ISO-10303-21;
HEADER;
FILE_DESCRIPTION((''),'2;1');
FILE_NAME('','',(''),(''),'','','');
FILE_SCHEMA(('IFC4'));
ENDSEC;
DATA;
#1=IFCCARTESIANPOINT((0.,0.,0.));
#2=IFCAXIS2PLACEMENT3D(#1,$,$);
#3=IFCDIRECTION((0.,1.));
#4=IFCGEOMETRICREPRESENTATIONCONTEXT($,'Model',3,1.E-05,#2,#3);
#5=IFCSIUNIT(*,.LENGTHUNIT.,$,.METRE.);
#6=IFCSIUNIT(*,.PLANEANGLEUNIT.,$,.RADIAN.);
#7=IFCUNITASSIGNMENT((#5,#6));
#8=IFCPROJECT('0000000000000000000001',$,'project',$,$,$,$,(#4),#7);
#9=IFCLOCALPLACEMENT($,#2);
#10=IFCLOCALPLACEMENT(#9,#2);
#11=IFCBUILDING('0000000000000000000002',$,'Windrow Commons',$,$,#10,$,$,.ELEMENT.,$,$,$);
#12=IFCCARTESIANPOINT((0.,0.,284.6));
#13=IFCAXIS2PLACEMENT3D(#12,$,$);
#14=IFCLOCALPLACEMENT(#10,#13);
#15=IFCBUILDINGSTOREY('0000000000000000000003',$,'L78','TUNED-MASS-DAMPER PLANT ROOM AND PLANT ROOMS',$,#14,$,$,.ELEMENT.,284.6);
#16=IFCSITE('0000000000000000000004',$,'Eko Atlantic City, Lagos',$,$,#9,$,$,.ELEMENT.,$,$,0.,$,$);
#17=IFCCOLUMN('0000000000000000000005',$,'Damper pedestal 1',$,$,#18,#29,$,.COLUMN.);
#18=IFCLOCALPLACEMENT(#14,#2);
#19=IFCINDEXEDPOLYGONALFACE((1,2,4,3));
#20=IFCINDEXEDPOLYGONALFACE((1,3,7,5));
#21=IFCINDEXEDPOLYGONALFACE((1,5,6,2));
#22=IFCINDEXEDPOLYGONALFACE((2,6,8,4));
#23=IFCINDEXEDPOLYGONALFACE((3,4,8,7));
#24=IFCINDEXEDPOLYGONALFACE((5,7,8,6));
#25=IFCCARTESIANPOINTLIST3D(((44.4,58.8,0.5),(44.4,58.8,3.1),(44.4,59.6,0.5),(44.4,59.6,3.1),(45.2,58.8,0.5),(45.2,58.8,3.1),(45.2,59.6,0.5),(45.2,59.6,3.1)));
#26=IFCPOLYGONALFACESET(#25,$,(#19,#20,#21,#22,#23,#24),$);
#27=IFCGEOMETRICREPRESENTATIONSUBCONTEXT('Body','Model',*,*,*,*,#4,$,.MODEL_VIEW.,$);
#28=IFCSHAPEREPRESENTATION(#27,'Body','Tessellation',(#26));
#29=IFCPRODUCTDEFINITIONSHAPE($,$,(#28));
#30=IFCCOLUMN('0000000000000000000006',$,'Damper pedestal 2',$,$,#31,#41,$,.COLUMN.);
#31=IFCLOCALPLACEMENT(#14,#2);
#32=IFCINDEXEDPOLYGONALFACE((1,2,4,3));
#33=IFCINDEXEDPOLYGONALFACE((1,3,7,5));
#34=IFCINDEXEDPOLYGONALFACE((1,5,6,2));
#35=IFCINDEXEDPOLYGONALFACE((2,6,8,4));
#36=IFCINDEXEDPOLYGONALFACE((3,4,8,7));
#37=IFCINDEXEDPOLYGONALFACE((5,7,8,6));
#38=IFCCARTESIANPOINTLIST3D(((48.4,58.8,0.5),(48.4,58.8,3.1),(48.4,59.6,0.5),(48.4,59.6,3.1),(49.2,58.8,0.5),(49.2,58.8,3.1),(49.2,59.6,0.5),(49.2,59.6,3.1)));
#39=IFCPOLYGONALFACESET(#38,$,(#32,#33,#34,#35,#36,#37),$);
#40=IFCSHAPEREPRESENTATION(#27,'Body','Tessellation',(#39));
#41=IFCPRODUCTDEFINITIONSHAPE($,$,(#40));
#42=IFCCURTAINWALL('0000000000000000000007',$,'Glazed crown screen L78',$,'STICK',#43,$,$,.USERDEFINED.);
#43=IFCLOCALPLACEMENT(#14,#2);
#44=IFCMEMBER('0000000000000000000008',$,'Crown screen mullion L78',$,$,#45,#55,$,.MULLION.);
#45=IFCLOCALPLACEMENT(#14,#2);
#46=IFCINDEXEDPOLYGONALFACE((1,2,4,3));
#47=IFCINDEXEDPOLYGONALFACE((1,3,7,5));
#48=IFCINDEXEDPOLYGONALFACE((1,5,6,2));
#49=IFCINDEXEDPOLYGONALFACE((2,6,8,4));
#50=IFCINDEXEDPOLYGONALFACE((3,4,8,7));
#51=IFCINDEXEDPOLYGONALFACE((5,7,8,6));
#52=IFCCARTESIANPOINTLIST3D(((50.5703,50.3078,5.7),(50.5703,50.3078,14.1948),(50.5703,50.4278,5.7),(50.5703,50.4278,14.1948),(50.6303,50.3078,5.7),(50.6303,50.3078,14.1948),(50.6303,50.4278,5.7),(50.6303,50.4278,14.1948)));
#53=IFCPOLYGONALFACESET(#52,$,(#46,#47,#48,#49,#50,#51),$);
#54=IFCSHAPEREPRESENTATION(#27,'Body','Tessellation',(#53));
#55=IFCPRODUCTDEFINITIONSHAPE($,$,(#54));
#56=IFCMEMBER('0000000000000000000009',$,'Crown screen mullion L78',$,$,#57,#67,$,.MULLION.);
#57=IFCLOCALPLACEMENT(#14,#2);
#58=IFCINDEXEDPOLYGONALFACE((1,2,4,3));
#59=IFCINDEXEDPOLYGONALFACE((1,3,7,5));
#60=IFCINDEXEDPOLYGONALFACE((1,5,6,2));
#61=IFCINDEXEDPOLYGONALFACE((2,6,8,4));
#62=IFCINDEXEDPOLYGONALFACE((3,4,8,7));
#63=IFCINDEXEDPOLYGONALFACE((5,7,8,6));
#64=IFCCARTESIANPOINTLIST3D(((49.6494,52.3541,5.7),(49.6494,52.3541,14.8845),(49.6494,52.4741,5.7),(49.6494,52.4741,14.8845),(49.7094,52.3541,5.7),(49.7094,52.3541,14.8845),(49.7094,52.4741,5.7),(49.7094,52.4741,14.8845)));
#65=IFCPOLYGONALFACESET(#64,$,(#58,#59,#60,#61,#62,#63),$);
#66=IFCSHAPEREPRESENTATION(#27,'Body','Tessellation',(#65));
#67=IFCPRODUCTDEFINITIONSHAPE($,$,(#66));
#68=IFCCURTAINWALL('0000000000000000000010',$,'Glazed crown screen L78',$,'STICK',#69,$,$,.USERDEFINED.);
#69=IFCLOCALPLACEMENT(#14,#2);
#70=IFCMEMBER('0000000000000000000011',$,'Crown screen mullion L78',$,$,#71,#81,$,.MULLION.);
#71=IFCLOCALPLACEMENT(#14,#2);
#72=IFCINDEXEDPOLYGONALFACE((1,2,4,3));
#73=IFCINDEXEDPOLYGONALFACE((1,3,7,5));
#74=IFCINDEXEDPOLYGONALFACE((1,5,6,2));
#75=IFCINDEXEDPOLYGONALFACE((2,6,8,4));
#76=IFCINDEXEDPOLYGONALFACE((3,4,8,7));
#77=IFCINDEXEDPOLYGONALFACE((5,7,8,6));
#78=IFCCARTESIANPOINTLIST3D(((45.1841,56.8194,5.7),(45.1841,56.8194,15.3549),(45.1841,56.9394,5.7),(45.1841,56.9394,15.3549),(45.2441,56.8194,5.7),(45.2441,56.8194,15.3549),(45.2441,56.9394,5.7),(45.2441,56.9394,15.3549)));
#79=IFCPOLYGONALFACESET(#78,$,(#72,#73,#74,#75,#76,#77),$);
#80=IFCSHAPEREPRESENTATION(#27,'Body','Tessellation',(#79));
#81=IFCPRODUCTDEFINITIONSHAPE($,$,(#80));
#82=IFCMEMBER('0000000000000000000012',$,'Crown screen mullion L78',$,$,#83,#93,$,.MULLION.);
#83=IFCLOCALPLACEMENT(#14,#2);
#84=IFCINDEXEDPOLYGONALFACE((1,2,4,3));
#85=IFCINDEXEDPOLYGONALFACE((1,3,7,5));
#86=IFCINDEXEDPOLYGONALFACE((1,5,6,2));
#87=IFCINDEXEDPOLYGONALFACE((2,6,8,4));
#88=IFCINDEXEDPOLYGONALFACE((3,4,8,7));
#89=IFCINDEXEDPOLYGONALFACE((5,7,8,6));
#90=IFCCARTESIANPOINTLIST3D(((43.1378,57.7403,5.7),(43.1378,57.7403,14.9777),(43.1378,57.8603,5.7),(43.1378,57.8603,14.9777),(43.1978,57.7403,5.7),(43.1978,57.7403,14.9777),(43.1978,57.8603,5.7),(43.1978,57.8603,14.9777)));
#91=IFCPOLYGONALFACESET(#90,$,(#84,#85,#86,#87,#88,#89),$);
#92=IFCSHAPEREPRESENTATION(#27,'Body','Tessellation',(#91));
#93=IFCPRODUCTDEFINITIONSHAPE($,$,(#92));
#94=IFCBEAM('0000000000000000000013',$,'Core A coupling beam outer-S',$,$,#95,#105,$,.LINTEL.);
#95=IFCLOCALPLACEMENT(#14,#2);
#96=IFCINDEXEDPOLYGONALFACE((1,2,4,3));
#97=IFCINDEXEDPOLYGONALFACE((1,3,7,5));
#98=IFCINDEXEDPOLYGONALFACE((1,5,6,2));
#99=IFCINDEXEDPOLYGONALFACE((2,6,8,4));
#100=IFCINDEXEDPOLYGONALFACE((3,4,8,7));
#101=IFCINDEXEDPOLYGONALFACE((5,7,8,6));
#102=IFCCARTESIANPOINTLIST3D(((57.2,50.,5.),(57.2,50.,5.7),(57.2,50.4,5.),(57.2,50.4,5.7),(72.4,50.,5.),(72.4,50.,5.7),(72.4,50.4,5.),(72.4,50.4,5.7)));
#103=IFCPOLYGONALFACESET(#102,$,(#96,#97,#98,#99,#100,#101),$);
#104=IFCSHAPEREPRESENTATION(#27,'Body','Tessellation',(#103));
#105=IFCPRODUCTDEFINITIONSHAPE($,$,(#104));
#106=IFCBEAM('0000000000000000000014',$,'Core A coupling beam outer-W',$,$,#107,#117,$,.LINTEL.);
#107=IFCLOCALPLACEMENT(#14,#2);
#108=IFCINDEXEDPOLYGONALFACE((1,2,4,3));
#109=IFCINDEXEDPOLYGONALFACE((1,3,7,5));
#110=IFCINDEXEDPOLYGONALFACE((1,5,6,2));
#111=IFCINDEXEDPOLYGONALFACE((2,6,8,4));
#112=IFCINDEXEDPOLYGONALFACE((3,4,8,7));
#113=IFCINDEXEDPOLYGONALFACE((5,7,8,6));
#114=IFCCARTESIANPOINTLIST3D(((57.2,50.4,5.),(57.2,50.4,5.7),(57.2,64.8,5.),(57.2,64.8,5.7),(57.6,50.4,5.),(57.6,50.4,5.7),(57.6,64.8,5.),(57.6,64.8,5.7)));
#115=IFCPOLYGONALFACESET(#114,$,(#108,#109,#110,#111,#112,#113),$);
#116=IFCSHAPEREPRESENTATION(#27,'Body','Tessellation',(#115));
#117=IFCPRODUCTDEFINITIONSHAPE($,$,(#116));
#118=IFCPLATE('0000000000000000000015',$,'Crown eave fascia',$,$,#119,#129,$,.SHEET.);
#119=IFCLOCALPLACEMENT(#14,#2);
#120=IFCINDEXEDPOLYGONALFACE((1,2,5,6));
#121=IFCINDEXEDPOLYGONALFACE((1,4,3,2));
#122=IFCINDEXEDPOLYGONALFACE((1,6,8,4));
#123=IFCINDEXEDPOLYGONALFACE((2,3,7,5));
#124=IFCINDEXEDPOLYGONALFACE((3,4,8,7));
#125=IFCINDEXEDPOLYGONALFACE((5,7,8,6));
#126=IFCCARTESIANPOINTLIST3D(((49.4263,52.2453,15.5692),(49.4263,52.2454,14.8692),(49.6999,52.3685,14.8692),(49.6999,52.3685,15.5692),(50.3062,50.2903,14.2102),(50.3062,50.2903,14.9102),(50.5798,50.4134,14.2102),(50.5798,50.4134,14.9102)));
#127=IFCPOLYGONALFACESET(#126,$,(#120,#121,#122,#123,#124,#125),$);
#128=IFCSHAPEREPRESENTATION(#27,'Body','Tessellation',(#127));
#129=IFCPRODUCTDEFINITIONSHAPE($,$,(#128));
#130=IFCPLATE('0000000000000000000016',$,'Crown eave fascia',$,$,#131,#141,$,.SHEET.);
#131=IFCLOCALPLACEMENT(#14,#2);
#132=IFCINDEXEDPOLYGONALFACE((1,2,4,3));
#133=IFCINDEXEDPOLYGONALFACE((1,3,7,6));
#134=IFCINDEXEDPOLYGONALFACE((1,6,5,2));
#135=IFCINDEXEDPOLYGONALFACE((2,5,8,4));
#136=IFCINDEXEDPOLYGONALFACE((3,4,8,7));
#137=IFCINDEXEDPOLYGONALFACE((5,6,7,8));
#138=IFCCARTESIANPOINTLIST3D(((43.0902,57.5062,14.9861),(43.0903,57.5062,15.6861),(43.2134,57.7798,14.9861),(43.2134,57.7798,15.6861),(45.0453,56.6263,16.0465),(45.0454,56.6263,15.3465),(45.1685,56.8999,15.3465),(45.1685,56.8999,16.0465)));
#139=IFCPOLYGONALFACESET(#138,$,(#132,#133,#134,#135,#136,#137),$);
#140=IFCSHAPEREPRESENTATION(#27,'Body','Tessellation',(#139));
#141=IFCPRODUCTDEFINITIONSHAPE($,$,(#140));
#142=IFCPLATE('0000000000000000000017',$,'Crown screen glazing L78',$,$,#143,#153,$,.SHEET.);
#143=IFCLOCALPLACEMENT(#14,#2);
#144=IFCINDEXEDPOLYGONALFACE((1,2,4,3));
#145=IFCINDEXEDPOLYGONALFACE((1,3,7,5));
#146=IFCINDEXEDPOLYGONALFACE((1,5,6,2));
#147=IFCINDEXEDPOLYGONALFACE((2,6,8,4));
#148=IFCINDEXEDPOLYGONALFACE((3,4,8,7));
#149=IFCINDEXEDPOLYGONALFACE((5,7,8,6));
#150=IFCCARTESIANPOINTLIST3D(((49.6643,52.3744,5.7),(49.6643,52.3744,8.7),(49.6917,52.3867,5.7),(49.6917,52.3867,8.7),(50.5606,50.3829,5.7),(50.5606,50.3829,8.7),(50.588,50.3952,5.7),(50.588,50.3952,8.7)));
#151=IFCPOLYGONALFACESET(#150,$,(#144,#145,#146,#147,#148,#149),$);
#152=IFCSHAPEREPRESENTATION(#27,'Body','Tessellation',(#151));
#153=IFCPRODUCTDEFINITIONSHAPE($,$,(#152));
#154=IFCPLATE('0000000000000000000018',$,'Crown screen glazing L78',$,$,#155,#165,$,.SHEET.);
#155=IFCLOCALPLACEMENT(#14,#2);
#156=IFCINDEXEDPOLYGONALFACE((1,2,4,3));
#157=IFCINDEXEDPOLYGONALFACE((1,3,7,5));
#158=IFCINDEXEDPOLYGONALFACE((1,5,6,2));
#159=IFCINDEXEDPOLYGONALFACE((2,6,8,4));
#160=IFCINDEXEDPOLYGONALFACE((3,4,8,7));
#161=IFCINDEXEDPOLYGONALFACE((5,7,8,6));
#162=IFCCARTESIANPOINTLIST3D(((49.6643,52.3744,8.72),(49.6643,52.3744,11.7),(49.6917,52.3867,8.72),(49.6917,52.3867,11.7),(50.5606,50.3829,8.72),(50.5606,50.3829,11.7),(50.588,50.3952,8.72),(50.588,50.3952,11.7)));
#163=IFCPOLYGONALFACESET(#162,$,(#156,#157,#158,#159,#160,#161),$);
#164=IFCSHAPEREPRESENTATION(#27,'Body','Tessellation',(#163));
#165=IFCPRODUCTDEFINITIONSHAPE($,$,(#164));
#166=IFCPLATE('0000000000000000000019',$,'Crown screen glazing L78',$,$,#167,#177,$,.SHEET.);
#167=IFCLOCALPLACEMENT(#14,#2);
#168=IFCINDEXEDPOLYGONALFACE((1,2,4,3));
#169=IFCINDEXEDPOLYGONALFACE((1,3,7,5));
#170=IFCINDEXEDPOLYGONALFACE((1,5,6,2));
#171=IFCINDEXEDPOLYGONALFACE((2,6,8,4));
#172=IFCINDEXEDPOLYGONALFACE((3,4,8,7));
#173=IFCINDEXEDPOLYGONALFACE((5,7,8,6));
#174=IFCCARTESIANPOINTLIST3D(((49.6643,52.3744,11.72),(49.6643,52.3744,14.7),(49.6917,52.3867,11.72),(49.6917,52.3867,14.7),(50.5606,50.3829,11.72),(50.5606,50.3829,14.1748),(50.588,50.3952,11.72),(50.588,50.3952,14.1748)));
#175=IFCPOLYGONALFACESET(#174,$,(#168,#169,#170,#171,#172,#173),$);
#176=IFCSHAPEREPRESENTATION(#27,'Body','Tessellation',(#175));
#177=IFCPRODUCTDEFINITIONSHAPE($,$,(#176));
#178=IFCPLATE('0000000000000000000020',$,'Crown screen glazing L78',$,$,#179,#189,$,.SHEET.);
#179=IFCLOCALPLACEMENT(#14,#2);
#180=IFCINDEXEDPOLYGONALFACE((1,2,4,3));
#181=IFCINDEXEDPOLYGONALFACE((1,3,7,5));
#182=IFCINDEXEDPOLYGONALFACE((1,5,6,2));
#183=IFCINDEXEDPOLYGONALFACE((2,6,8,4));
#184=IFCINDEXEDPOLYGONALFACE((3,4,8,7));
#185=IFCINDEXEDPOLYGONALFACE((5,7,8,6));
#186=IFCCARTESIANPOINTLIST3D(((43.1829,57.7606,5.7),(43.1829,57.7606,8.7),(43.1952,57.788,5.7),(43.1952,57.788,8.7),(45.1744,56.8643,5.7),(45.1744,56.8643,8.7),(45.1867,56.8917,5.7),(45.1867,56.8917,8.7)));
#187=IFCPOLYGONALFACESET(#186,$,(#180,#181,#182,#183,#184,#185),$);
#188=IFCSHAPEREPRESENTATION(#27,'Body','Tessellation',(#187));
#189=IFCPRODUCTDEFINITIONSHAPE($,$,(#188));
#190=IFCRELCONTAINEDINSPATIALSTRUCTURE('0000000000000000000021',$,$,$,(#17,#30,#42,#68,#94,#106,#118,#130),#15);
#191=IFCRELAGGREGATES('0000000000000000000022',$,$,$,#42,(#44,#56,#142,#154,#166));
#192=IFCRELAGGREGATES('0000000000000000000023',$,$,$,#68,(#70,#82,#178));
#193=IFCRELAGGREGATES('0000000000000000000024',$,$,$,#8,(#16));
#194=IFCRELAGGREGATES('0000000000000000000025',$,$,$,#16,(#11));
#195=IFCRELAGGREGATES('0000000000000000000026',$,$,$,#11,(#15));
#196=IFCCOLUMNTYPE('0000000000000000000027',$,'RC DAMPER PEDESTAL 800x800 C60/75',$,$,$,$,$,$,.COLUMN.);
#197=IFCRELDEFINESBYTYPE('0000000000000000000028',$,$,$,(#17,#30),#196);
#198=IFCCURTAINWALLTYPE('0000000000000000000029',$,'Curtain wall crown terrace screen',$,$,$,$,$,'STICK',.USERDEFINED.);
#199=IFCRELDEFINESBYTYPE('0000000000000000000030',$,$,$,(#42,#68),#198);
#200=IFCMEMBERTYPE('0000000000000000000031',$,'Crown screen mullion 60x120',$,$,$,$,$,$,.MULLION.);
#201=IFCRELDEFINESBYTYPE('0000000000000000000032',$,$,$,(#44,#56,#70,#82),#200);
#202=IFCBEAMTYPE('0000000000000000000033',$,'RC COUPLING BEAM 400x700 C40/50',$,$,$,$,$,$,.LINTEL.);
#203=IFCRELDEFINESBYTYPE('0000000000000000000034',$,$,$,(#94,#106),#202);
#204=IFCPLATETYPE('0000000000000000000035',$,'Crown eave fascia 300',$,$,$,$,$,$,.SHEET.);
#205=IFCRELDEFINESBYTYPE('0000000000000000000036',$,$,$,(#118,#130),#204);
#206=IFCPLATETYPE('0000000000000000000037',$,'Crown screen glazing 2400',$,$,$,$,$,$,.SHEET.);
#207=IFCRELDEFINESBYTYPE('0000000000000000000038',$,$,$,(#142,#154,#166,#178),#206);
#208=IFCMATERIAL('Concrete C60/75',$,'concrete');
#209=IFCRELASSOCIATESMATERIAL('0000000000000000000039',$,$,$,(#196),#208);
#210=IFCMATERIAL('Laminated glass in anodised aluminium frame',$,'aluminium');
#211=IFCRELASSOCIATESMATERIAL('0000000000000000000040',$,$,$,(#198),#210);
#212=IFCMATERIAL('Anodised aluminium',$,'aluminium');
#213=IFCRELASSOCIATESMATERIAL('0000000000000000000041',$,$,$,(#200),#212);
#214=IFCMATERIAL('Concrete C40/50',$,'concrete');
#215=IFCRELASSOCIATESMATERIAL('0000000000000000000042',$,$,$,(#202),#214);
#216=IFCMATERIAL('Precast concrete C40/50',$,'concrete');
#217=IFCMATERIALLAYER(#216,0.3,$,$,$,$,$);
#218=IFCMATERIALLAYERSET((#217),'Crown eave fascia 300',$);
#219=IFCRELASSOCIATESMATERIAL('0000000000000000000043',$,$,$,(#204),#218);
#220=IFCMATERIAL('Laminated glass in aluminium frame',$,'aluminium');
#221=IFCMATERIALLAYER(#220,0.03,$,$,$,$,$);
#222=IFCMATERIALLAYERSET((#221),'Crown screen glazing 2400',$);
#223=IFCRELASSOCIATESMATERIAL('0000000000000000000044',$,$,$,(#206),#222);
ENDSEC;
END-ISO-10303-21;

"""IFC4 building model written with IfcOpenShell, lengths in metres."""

from ifc_helpers import new_model, si_unit, direction, frame, origin, origin_2d, place, context, subcontext, project, spatial, polyline, rectangle, outline, extrude, material, layer, layer_set, material_profile, profile_set, type_object, element, aggregate, save


model = new_model("IFC4")

# Units and contexts
model_context = context("Model", 3, precision=1e-05, world=origin(), true_north=direction((0.0, 1.0)))
body_context = subcontext(model_context, "Body", "Model", "MODEL_VIEW")
ifc_project = project(units=[si_unit("LENGTHUNIT", "METRE"), si_unit("PLANEANGLEUNIT", "RADIAN")], contexts=[model_context])

# Site, building, storey
site_placement = place(None, origin())
site = spatial("IfcSite", under=ifc_project, at=site_placement, Name="Eko Atlantic City, Lagos", CompositionType="ELEMENT", RefElevation=0.0)
building_placement = place(site_placement, origin())
building = spatial("IfcBuilding", under=site, at=building_placement, Name="Windrow Commons", CompositionType="ELEMENT")
storey_placement = place(building_placement, frame((0.0, 0.0, 284.6)))
storey = spatial("IfcBuildingStorey", under=building, at=storey_placement, Name="L78", Description="TUNED-MASS-DAMPER PLANT ROOM AND PLANT ROOMS", CompositionType="ELEMENT", Elevation=284.6)

# Columns
ifc_material_1 = material(Name="Concrete C60/75", Category="concrete")
ifc_material_profile_1 = material_profile(ifc_material_1, rectangle(XDim=0.8, YDim=0.8, at=origin_2d()))
ifc_profile_set_1 = profile_set([ifc_material_profile_1], Name="Concrete C60/75")
column_type = type_object("IfcColumnType", Name="RC DAMPER PEDESTAL 800x800 C60/75", PredefinedType="COLUMN", material=ifc_profile_set_1)
for number, where, z_axis, x_axis, name in (
    (1, (44.8, 59.2, 0.5), (0.0, 0.0, 1.0), (1.0, 0.0, 0.0), "Damper pedestal 1"),
    (2, (48.8, 59.2, 0.5), (0.0, 0.0, 1.0), (1.0, 0.0, 0.0), "Damper pedestal 2"),
):
    element("IfcColumn", number, at=place(storey_placement, frame(where, z_axis=z_axis, x_axis=x_axis)), inside=storey, type_object=column_type, Name=name, PredefinedType="COLUMN", context=body_context, shape_type="SweptSolid", body=[
        extrude(rectangle(XDim=0.8, YDim=0.8, at=origin_2d()), origin(), (0.0, 0.0, 1.0), 2.6),
    ])

# Curtain walls, members
ifc_material_2 = material(Name="Laminated glass in anodised aluminium frame", Category="aluminium")
curtain_wall_type = type_object("IfcCurtainWallType", Name="Curtain wall crown terrace screen", ElementType="STICK", PredefinedType="USERDEFINED", material=ifc_material_2)
placement = place(storey_placement, origin())
curtain_wall_1 = element("IfcCurtainWall", 3, at=placement, inside=storey, type_object=curtain_wall_type, Name="Glazed crown screen L78", ObjectType="STICK", PredefinedType="USERDEFINED")
ifc_material_3 = material(Name="Anodised aluminium", Category="aluminium")
ifc_material_profile_2 = material_profile(ifc_material_3, rectangle(XDim=0.06, YDim=0.12, at=origin_2d()))
ifc_profile_set_2 = profile_set([ifc_material_profile_2], Name="Anodised aluminium")
member_type = type_object("IfcMemberType", Name="Crown screen mullion 60x120", PredefinedType="MULLION", material=ifc_profile_set_2)
member_1_placement = place(storey_placement, frame((50.6003, 50.3678, 5.7), z_axis=(0.0, 0.0, 1.0), x_axis=(1.0, 0.0, 0.0)))
member_1 = element("IfcMember", 4, at=member_1_placement, type_object=member_type, Name="Crown screen mullion L78", PredefinedType="MULLION", context=body_context, shape_type="SweptSolid", body=[
    extrude(rectangle(XDim=0.06, YDim=0.12, at=origin_2d()), origin(), (0.0, 0.0, 1.0), 8.4948),
])
member_2_placement = place(storey_placement, frame((49.6794, 52.4141, 5.7), z_axis=(0.0, 0.0, 1.0), x_axis=(1.0, 0.0, 0.0)))
member_2 = element("IfcMember", 5, at=member_2_placement, type_object=member_type, Name="Crown screen mullion L78", PredefinedType="MULLION", context=body_context, shape_type="SweptSolid", body=[
    extrude(rectangle(XDim=0.06, YDim=0.12, at=origin_2d()), origin(), (0.0, 0.0, 1.0), 9.1845),
])
curtain_wall_2 = element("IfcCurtainWall", 6, at=placement, inside=storey, type_object=curtain_wall_type, Name="Glazed crown screen L78", ObjectType="STICK", PredefinedType="USERDEFINED")
member_3_placement = place(storey_placement, frame((45.2141, 56.8794, 5.7), z_axis=(0.0, 0.0, 1.0), x_axis=(1.0, 0.0, 0.0)))
member_3 = element("IfcMember", 7, at=member_3_placement, type_object=member_type, Name="Crown screen mullion L78", PredefinedType="MULLION", context=body_context, shape_type="SweptSolid", body=[
    extrude(rectangle(XDim=0.06, YDim=0.12, at=origin_2d()), origin(), (0.0, 0.0, 1.0), 9.6549),
])
member_4_placement = place(storey_placement, frame((43.1678, 57.8003, 5.7), z_axis=(0.0, 0.0, 1.0), x_axis=(1.0, 0.0, 0.0)))
member_4 = element("IfcMember", 8, at=member_4_placement, type_object=member_type, Name="Crown screen mullion L78", PredefinedType="MULLION", context=body_context, shape_type="SweptSolid", body=[
    extrude(rectangle(XDim=0.06, YDim=0.12, at=origin_2d()), origin(), (0.0, 0.0, 1.0), 9.2777),
])

# Beams
ifc_material_4 = material(Name="Concrete C40/50", Category="concrete")
ifc_material_profile_3 = material_profile(ifc_material_4, rectangle(XDim=0.4, YDim=0.7, at=origin_2d()))
ifc_profile_set_3 = profile_set([ifc_material_profile_3], Name="Concrete C40/50")
beam_type = type_object("IfcBeamType", Name="RC COUPLING BEAM 400x700 C40/50", PredefinedType="LINTEL", material=ifc_profile_set_3)
beam_1_placement = place(storey_placement, frame((57.2, 50.2, 5.35), z_axis=(1.0, 0.0, 0.0), x_axis=(0.0, 1.0, 0.0)))
element("IfcBeam", 9, at=beam_1_placement, inside=storey, type_object=beam_type, Name="Core A coupling beam outer-S", PredefinedType="LINTEL", context=body_context, shape_type="SweptSolid", body=[
    extrude(rectangle(XDim=0.4, YDim=0.7, at=origin_2d()), origin(), (0.0, 0.0, 1.0), 15.2),
])
beam_2_placement = place(storey_placement, frame((57.4, 50.4, 5.35), z_axis=(0.0, 1.0, 0.0), x_axis=(-1.0, 0.0, 0.0)))
element("IfcBeam", 10, at=beam_2_placement, inside=storey, type_object=beam_type, Name="Core A coupling beam outer-W", PredefinedType="LINTEL", context=body_context, shape_type="SweptSolid", body=[
    extrude(rectangle(XDim=0.4, YDim=0.7, at=origin_2d()), origin(), (0.0, 0.0, 1.0), 14.4),
])

# Plates
ifc_material_5 = material(Name="Precast concrete C40/50", Category="concrete")
ifc_layer_1 = layer(ifc_material_5, 0.3)
ifc_layer_set_1 = layer_set([ifc_layer_1], Name="Crown eave fascia 300")
plate_type_1 = type_object("IfcPlateType", Name="Crown eave fascia 300", PredefinedType="SHEET", material=ifc_layer_set_1)
plate_1_placement = place(storey_placement, frame((50.5798, 50.4134, 14.2102), z_axis=(0.911903, 0.410405, 0.0), x_axis=(-0.392292, 0.871656, 0.293807)))
element("IfcPlate", 11, at=plate_1_placement, inside=storey, type_object=plate_type_1, Name="Crown eave fascia", PredefinedType="SHEET", context=body_context, shape_type="SweptSolid", body=[
    extrude(outline(polyline([(0.0, 0.0), (2.243, 0.0), (2.4486, 0.6691), (0.2057, 0.6691), (0.0, 0.0)])), origin(), (0.0, 0.0, -1.0), 0.3),
])
plate_2_placement = place(storey_placement, frame((45.1685, 56.8999, 15.3465), z_axis=(0.410405, 0.911903, 0.0), x_axis=(-0.899286, 0.404727, -0.165773)))
element("IfcPlate", 12, at=plate_2_placement, inside=storey, type_object=plate_type_1, Name="Crown eave fascia", PredefinedType="SHEET", context=body_context, shape_type="SweptSolid", body=[
    extrude(outline(polyline([(0.0, 0.0), (2.1741, 0.0), (2.058, 0.6903), (-0.116, 0.6903), (0.0, 0.0)])), origin(), (0.0, 0.0, -1.0), 0.3),
])

# Plates
ifc_material_6 = material(Name="Laminated glass in aluminium frame", Category="aluminium")
ifc_layer_2 = layer(ifc_material_6, 0.03)
ifc_layer_set_2 = layer_set([ifc_layer_2], Name="Crown screen glazing 2400")
plate_type_2 = type_object("IfcPlateType", Name="Crown screen glazing 2400", PredefinedType="SHEET", material=ifc_layer_set_2)
plate_3_placement = place(storey_placement, frame((50.588, 50.3952, 5.7), z_axis=(0.9119, 0.410412, 0.0), x_axis=(-0.410412, 0.9119, 0.0)))
plate_3 = element("IfcPlate", 13, at=plate_3_placement, type_object=plate_type_2, Name="Crown screen glazing L78", PredefinedType="SHEET", context=body_context, shape_type="SweptSolid", body=[
    extrude(outline(polyline([(0.0, 0.0), (2.1839, 0.0), (2.1839, 3.0), (0.0, 3.0), (0.0, 0.0)])), origin(), (0.0, 0.0, -1.0), 0.03),
])
plate_4_placement = place(storey_placement, frame((50.588, 50.3952, 8.72), z_axis=(0.9119, 0.410412, 0.0), x_axis=(-0.410412, 0.9119, 0.0)))
plate_4 = element("IfcPlate", 14, at=plate_4_placement, type_object=plate_type_2, Name="Crown screen glazing L78", PredefinedType="SHEET", context=body_context, shape_type="SweptSolid", body=[
    extrude(outline(polyline([(0.0, 0.0), (2.1839, 0.0), (2.1839, 2.98), (0.0, 2.98), (0.0, 0.0)])), origin(), (0.0, 0.0, -1.0), 0.03),
])
plate_5_placement = place(storey_placement, frame((50.588, 50.3952, 11.72), z_axis=(0.9119, 0.410412, 0.0), x_axis=(-0.410412, 0.9119, 0.0)))
plate_5 = element("IfcPlate", 15, at=plate_5_placement, type_object=plate_type_2, Name="Crown screen glazing L78", PredefinedType="SHEET", context=body_context, shape_type="SweptSolid", body=[
    extrude(outline(polyline([(0.0, 0.0), (2.1839, 0.0), (2.1839, 2.98), (0.0, 2.4548), (0.0, 0.0)])), origin(), (0.0, 0.0, -1.0), 0.03),
])
aggregate(curtain_wall_1, [member_1, member_2, plate_3, plate_4, plate_5])
plate_6_placement = place(storey_placement, frame((45.1867, 56.8917, 5.7), z_axis=(0.410412, 0.9119, 0.0), x_axis=(-0.9119, 0.410412, 0.0)))
plate_6 = element("IfcPlate", 16, at=plate_6_placement, type_object=plate_type_2, Name="Crown screen glazing L78", PredefinedType="SHEET", context=body_context, shape_type="SweptSolid", body=[
    extrude(outline(polyline([(0.0, 0.0), (2.1839, 0.0), (2.1839, 3.0), (0.0, 3.0), (0.0, 0.0)])), origin(), (0.0, 0.0, -1.0), 0.03),
])
aggregate(curtain_wall_2, [member_3, member_4, plate_6])

save(model, "model.ifc")
